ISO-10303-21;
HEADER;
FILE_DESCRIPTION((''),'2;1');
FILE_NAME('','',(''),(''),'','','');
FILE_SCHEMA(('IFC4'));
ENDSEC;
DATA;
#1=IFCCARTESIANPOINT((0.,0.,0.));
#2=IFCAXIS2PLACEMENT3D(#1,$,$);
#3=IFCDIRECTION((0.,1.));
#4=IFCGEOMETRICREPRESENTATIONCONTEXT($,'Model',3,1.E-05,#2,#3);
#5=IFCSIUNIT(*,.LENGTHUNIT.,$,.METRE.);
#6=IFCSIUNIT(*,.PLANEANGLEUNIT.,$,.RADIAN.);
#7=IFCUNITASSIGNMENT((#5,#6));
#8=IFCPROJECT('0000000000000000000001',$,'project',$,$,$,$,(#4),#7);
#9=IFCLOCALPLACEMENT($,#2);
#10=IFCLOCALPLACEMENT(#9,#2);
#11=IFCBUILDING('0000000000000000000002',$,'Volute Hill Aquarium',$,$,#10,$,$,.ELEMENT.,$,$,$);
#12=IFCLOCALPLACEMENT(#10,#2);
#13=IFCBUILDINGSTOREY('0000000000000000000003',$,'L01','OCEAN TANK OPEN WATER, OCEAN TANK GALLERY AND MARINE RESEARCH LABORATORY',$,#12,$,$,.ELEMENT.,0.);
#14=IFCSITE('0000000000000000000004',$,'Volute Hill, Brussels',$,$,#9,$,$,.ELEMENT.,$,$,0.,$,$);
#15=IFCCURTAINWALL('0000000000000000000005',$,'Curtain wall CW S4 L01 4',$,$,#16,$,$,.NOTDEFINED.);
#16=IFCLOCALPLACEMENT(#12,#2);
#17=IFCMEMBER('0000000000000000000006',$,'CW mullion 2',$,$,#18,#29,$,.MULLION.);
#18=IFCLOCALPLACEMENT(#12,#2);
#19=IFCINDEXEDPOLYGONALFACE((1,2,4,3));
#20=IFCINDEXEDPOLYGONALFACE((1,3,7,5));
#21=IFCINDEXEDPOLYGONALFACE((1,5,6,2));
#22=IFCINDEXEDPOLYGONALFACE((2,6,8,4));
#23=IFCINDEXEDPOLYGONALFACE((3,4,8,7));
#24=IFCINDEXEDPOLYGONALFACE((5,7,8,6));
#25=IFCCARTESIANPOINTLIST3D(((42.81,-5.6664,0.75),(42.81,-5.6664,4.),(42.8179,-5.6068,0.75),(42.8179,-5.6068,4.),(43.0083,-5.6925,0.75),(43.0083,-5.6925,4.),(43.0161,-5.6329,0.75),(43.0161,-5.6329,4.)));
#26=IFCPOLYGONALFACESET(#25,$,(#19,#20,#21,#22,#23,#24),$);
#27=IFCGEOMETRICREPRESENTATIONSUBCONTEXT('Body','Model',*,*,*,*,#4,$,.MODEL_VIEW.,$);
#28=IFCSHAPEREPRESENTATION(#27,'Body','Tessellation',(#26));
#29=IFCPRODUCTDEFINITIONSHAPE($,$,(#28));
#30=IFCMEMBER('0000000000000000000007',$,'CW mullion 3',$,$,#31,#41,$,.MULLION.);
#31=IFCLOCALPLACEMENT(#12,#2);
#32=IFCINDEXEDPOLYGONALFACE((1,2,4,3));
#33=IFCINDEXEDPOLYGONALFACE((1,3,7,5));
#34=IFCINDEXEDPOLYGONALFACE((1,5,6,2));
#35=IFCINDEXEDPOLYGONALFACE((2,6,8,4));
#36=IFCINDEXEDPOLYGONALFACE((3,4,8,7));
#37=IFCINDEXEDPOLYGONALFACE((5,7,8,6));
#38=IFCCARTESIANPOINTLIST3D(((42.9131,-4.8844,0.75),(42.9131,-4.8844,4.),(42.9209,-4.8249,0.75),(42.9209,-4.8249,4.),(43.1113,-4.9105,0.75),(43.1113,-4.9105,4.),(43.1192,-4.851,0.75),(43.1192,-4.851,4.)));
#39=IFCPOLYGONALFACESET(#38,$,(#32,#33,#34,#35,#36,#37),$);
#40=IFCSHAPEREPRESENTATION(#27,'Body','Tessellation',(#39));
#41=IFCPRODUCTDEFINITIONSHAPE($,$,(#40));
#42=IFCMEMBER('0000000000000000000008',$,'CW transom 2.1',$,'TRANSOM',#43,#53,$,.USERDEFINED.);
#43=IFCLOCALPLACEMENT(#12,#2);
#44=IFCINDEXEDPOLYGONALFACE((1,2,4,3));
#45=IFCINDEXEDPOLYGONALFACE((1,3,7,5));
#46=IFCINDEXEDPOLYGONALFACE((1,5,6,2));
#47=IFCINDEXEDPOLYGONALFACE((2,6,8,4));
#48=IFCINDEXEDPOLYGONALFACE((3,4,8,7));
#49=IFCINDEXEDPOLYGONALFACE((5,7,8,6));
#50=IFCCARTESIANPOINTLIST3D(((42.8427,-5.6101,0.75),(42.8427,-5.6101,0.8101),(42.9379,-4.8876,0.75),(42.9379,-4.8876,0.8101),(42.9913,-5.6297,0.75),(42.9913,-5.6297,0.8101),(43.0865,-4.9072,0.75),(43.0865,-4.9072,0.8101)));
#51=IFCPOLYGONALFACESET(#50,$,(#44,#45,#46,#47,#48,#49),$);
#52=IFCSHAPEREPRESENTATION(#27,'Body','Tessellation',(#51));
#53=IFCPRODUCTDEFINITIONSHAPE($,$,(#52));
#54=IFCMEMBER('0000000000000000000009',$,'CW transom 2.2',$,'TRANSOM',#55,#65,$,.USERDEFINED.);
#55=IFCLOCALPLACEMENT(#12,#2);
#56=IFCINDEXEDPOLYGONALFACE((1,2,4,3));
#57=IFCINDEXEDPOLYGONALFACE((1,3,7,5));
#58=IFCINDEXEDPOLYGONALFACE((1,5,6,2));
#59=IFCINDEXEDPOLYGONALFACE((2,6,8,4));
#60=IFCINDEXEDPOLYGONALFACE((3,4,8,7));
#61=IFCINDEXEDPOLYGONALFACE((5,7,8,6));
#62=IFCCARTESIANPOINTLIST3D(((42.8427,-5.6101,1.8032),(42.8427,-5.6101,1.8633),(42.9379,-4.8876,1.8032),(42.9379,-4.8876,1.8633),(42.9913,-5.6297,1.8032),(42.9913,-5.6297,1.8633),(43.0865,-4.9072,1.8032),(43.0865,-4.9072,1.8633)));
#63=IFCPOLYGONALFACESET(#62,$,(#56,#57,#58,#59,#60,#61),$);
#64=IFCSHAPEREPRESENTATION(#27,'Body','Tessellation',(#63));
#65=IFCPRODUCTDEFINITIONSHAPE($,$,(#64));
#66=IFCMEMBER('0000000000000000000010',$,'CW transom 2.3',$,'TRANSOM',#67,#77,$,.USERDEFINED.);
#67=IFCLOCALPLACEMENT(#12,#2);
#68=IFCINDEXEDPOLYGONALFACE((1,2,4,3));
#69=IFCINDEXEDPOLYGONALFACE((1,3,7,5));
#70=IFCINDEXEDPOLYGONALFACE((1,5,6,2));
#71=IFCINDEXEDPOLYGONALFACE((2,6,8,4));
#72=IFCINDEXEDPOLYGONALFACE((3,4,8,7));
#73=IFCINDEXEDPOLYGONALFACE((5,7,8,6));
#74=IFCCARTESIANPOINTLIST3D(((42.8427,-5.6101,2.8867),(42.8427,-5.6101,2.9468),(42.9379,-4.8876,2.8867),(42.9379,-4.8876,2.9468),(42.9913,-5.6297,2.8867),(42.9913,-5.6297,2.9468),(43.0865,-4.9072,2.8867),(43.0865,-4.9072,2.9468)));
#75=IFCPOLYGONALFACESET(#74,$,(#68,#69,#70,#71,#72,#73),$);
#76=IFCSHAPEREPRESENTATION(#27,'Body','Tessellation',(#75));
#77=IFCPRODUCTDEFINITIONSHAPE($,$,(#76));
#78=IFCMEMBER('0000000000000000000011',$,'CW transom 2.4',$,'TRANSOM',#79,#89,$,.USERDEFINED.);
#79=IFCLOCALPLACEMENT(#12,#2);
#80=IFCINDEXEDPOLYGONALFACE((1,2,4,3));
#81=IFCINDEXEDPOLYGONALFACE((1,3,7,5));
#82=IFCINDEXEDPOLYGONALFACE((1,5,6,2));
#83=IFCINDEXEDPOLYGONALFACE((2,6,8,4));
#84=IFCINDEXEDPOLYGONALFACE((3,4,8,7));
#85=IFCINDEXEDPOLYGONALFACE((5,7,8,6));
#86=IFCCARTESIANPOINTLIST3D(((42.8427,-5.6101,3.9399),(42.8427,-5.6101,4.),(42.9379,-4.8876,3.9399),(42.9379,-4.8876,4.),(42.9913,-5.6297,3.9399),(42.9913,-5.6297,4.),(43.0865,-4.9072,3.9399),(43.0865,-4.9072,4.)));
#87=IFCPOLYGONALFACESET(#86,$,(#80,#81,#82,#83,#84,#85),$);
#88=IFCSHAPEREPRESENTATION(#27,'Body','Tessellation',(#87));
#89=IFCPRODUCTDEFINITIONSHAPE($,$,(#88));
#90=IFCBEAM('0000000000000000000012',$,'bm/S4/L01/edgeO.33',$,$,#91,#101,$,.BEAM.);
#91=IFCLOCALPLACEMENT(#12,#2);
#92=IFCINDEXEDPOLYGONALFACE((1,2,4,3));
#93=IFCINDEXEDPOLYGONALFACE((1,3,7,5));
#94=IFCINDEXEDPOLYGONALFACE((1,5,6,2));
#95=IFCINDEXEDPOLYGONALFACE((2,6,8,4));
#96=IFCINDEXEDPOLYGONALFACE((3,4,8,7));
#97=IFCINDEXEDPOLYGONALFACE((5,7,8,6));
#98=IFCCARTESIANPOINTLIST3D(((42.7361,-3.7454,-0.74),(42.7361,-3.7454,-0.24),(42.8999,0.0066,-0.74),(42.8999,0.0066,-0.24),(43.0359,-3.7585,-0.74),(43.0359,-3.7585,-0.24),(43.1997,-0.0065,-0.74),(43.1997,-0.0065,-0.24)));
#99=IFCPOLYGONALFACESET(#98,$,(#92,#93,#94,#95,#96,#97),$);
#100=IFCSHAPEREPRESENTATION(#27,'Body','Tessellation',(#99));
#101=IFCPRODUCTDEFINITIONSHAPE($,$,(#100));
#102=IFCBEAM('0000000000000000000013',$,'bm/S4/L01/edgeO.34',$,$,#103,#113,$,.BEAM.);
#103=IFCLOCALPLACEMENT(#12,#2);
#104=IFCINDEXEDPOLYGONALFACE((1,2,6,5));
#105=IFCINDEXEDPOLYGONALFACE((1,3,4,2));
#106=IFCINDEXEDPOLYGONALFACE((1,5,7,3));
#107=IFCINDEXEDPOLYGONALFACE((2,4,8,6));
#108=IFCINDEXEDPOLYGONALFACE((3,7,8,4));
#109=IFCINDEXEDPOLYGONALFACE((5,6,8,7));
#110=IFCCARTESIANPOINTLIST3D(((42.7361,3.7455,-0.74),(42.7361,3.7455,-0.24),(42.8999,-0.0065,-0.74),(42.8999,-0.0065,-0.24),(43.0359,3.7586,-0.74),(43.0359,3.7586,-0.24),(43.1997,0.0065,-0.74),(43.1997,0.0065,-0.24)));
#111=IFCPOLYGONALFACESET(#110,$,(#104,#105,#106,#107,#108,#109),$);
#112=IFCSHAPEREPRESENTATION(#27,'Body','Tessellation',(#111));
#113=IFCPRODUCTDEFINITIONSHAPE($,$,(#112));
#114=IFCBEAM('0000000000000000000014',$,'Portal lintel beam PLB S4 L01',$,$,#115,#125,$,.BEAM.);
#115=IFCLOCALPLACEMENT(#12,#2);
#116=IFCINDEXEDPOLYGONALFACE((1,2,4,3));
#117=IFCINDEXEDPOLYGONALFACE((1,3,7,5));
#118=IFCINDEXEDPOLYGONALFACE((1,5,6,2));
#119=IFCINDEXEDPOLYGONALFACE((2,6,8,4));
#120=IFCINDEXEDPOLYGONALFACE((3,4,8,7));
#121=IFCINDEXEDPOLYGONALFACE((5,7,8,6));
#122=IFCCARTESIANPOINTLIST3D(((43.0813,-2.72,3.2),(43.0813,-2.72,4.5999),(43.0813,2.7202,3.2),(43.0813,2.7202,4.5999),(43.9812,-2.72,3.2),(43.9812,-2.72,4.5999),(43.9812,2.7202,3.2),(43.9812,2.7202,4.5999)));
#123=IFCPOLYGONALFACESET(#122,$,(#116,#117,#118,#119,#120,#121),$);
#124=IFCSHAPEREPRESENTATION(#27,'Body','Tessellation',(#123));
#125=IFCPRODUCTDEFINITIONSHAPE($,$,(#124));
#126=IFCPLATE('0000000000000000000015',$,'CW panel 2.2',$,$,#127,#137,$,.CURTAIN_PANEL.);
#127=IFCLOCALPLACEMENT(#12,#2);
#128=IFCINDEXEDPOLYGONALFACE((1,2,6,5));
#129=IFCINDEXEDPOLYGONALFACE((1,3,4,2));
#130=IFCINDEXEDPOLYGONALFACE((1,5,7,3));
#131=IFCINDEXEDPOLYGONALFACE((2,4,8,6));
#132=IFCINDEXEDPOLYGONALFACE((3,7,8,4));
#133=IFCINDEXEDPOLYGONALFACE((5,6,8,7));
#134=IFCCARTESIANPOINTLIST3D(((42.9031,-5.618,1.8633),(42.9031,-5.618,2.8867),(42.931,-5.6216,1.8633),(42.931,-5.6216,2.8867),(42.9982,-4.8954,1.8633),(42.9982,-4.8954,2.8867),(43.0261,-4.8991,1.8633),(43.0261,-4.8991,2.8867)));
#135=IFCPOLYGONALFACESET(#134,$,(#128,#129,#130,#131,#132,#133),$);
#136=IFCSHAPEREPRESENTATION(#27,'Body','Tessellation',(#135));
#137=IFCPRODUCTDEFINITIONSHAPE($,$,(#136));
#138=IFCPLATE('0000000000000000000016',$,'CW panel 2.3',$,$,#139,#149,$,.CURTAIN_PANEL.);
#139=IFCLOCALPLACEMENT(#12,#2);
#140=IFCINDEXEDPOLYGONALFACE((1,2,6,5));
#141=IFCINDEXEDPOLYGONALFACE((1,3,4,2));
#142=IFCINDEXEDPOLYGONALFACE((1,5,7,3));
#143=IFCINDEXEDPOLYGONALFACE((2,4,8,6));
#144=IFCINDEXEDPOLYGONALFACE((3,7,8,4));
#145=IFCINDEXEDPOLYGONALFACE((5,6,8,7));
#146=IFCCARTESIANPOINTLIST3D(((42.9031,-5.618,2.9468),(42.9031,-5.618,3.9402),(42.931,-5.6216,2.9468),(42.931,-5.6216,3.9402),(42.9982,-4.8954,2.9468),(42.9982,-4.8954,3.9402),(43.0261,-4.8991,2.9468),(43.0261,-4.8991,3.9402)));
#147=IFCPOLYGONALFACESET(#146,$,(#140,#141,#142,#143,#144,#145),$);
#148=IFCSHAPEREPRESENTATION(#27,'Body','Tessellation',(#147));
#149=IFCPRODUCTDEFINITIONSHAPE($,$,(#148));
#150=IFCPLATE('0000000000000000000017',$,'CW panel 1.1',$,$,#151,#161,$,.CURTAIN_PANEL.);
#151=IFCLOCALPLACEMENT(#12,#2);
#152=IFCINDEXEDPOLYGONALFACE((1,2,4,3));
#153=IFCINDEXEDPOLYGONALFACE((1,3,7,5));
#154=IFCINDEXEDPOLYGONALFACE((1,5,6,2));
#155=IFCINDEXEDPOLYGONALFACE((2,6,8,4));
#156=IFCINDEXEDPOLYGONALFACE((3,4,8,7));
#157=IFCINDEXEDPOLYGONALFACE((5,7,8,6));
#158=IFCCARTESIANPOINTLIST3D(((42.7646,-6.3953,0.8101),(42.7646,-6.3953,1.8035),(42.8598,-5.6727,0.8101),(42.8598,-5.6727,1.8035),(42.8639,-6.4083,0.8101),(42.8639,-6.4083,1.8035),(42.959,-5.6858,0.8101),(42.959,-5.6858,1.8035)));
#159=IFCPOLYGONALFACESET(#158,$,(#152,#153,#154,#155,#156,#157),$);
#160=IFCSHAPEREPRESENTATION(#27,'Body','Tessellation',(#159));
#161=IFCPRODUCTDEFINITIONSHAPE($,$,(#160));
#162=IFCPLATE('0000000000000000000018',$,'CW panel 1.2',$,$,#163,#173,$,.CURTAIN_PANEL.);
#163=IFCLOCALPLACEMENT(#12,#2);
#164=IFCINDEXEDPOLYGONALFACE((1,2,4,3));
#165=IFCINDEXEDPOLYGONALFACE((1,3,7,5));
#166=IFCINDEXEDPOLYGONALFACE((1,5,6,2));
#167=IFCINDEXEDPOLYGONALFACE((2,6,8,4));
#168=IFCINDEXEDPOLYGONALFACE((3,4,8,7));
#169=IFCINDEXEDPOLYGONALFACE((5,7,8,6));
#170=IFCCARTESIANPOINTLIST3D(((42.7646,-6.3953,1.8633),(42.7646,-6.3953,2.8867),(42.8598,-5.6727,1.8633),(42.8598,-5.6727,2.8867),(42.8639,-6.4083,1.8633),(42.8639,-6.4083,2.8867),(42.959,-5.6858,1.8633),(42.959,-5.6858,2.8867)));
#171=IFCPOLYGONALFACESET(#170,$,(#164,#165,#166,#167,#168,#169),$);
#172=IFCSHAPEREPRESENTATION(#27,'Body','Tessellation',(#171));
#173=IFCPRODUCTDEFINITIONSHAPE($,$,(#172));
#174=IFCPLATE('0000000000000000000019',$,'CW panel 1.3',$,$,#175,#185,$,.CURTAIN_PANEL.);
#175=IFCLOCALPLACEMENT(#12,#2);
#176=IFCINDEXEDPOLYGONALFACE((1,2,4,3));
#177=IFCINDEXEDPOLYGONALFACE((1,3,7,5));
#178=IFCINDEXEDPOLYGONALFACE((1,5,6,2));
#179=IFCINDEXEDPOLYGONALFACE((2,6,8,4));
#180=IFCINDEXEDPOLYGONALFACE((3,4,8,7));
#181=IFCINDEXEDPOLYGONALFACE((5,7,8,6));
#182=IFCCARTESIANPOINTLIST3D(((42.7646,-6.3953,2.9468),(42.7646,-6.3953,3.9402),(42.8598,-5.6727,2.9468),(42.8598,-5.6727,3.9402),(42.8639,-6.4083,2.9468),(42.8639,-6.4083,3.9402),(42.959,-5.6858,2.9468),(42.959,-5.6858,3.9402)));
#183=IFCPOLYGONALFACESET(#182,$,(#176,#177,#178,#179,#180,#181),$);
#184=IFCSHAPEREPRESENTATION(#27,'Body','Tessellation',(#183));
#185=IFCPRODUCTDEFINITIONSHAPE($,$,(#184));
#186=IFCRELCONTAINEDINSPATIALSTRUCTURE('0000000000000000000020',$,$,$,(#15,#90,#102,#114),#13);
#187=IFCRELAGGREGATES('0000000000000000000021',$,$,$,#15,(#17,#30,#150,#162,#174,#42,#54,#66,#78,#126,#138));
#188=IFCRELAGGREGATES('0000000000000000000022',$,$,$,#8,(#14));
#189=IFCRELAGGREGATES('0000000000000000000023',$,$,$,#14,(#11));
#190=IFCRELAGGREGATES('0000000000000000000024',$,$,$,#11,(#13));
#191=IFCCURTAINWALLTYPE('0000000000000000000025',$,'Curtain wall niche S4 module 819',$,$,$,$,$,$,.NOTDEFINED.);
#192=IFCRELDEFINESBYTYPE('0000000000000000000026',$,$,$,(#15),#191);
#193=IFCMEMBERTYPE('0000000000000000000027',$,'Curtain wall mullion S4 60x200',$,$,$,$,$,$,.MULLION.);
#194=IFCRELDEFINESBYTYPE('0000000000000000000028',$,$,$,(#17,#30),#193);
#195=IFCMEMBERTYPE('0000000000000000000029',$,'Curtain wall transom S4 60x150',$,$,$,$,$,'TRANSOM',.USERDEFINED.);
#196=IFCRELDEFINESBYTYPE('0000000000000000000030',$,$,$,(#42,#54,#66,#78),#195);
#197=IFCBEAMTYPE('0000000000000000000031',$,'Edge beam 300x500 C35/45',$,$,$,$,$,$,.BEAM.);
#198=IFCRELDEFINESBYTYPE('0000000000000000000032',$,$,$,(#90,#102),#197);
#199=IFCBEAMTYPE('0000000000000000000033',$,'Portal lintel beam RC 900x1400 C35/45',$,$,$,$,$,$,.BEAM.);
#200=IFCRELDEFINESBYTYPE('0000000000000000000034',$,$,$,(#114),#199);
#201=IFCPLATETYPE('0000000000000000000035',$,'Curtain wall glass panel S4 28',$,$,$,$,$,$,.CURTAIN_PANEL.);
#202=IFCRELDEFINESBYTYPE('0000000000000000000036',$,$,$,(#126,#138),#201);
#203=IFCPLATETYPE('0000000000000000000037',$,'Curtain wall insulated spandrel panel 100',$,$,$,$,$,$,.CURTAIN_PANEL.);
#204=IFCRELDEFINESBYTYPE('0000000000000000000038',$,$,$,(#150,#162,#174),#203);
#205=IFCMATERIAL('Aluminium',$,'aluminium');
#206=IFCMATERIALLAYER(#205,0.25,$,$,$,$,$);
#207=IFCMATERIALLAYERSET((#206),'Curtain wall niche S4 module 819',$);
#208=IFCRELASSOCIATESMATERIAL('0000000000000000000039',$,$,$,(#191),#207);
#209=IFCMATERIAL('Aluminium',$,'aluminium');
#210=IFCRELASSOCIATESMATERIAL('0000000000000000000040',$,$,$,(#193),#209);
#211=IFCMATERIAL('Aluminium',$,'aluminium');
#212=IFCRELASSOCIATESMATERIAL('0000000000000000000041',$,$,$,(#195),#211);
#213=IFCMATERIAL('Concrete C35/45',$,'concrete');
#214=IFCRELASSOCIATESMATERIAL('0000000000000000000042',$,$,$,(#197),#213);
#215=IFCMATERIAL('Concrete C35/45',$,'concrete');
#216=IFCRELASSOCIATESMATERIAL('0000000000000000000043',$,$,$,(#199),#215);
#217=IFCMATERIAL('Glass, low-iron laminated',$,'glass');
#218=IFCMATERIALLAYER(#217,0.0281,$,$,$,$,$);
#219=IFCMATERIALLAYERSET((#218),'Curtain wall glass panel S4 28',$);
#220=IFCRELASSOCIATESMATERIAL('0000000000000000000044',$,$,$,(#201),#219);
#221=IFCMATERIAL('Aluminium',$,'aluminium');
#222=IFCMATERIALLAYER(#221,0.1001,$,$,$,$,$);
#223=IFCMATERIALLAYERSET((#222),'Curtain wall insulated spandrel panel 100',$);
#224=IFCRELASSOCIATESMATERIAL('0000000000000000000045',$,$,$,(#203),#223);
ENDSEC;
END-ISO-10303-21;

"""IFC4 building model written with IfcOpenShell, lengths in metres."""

from ifc_helpers import new_model, si_unit, direction, frame, origin, origin_2d, place, context, subcontext, project, spatial, rectangle, extrude, material, layer, layer_set, material_profile, profile_set, type_object, element, aggregate, save


model = new_model("IFC4")

# Units and contexts
model_context = context("Model", 3, precision=1e-05, world=origin(), true_north=direction((0.0, 1.0)))
body_context = subcontext(model_context, "Body", "Model", "MODEL_VIEW")
ifc_project = project(units=[si_unit("LENGTHUNIT", "METRE"), si_unit("PLANEANGLEUNIT", "RADIAN")], contexts=[model_context])

# Site, building, storey
site_placement = place(None, origin())
site = spatial("IfcSite", under=ifc_project, at=site_placement, Name="Volute Hill, Brussels", CompositionType="ELEMENT", RefElevation=0.0)
building_placement = place(site_placement, origin())
building = spatial("IfcBuilding", under=site, at=building_placement, Name="Volute Hill Aquarium", CompositionType="ELEMENT")
storey_placement = place(building_placement, origin())
storey = spatial("IfcBuildingStorey", under=building, at=storey_placement, Name="L01", Description="OCEAN TANK OPEN WATER, OCEAN TANK GALLERY AND MARINE RESEARCH LABORATORY", CompositionType="ELEMENT", Elevation=0.0)

# Curtain wall, members
ifc_material_1 = material(Name="Aluminium", Category="aluminium")
ifc_layer_1 = layer(ifc_material_1, 0.25)
ifc_layer_set_1 = layer_set([ifc_layer_1], Name="Curtain wall niche S4 module 819")
curtain_wall_type = type_object("IfcCurtainWallType", Name="Curtain wall niche S4 module 819", PredefinedType="NOTDEFINED", material=ifc_layer_set_1)
curtain_wall_placement = place(storey_placement, origin())
curtain_wall = element("IfcCurtainWall", 1, at=curtain_wall_placement, inside=storey, type_object=curtain_wall_type, Name="Curtain wall CW S4 L01 4", PredefinedType="NOTDEFINED")
ifc_material_2 = material(Name="Aluminium", Category="aluminium")
ifc_material_profile_1 = material_profile(ifc_material_2, rectangle(XDim=0.2, YDim=0.0601, at=origin_2d()), Name="Curtain wall mullion S4 60x200")
ifc_profile_set_1 = profile_set([ifc_material_profile_1], Name="Aluminium")
member_type_1 = type_object("IfcMemberType", Name="Curtain wall mullion S4 60x200", PredefinedType="MULLION", material=ifc_profile_set_1)
member_1_placement = place(storey_placement, frame((42.9131, -5.6497, 0.75), z_axis=(0.0, 0.0, 1.0), x_axis=(-0.991446, 0.130516, 0.0)))
member_1 = element("IfcMember", 2, at=member_1_placement, type_object=member_type_1, Name="CW mullion 2", PredefinedType="MULLION", context=body_context, shape_type="SweptSolid", body=[
    extrude(rectangle(XDim=0.2, YDim=0.0601, at=origin_2d()), origin(), (0.0, 0.0, 1.0), 3.25),
])
member_2_placement = place(storey_placement, frame((43.0161, -4.8677, 0.75), z_axis=(0.0, 0.0, 1.0), x_axis=(-0.991446, 0.130516, 0.0)))
member_2 = element("IfcMember", 3, at=member_2_placement, type_object=member_type_1, Name="CW mullion 3", PredefinedType="MULLION", context=body_context, shape_type="SweptSolid", body=[
    extrude(rectangle(XDim=0.2, YDim=0.0601, at=origin_2d()), origin(), (0.0, 0.0, 1.0), 3.25),
])
ifc_material_3 = material(Name="Aluminium", Category="aluminium")
ifc_material_profile_2 = material_profile(ifc_material_3, rectangle(XDim=0.1499, YDim=0.0601, at=origin_2d()), Name="Curtain wall transom S4 60x150")
ifc_profile_set_2 = profile_set([ifc_material_profile_2], Name="Aluminium")
member_type_2 = type_object("IfcMemberType", Name="Curtain wall transom S4 60x150", ElementType="TRANSOM", PredefinedType="USERDEFINED", material=ifc_profile_set_2)
member_3_placement = place(storey_placement, frame((42.917, -5.6199, 0.78), z_axis=(0.130671, 0.991426, 0.0), x_axis=(-0.991426, 0.130671, 0.0)))
member_3 = element("IfcMember", 4, at=member_3_placement, type_object=member_type_2, Name="CW transom 2.1", ObjectType="TRANSOM", PredefinedType="USERDEFINED", context=body_context, shape_type="SweptSolid", body=[
    extrude(rectangle(XDim=0.1499, YDim=0.0601, at=origin_2d()), origin(), (0.0, 0.0, 1.0), 0.7288),
])
member_4_placement = place(storey_placement, frame((42.917, -5.6199, 1.8333), z_axis=(0.130671, 0.991426, 0.0), x_axis=(-0.991426, 0.130671, 0.0)))
member_4 = element("IfcMember", 5, at=member_4_placement, type_object=member_type_2, Name="CW transom 2.2", ObjectType="TRANSOM", PredefinedType="USERDEFINED", context=body_context, shape_type="SweptSolid", body=[
    extrude(rectangle(XDim=0.1499, YDim=0.0601, at=origin_2d()), origin(), (0.0, 0.0, 1.0), 0.7288),
])
member_5_placement = place(storey_placement, frame((42.917, -5.6199, 2.9167), z_axis=(0.130671, 0.991426, 0.0), x_axis=(-0.991426, 0.130671, 0.0)))
member_5 = element("IfcMember", 6, at=member_5_placement, type_object=member_type_2, Name="CW transom 2.3", ObjectType="TRANSOM", PredefinedType="USERDEFINED", context=body_context, shape_type="SweptSolid", body=[
    extrude(rectangle(XDim=0.1499, YDim=0.0601, at=origin_2d()), origin(), (0.0, 0.0, 1.0), 0.7288),
])
member_6_placement = place(storey_placement, frame((42.917, -5.6199, 3.97), z_axis=(0.130671, 0.991426, 0.0), x_axis=(-0.991426, 0.130671, 0.0)))
member_6 = element("IfcMember", 7, at=member_6_placement, type_object=member_type_2, Name="CW transom 2.4", ObjectType="TRANSOM", PredefinedType="USERDEFINED", context=body_context, shape_type="SweptSolid", body=[
    extrude(rectangle(XDim=0.1499, YDim=0.0601, at=origin_2d()), origin(), (0.0, 0.0, 1.0), 0.7288),
])

# Beams
ifc_material_4 = material(Name="Concrete C35/45", Category="concrete")
ifc_material_profile_3 = material_profile(ifc_material_4, rectangle(XDim=0.3, YDim=0.5, at=origin_2d()), Name="RC edge beam 300x500")
ifc_profile_set_3 = profile_set([ifc_material_profile_3], Name="Concrete C35/45")
beam_type_1 = type_object("IfcBeamType", Name="Edge beam 300x500 C35/45", PredefinedType="BEAM", material=ifc_profile_set_3)
for number, where, z_axis, x_axis, name in (
    (8, (42.886, -3.752, -0.49), (0.043621, 0.999048, 0.0), (-0.999048, 0.043621, 0.0), "bm/S4/L01/edgeO.33"),
    (9, (43.0498, 0.0, -0.49), (-0.043621, 0.999048, 0.0), (-0.999048, -0.043621, 0.0), "bm/S4/L01/edgeO.34"),
):
    element("IfcBeam", number, at=place(storey_placement, frame(where, z_axis=z_axis, x_axis=x_axis)), inside=storey, type_object=beam_type_1, Name=name, PredefinedType="BEAM", context=body_context, shape_type="SweptSolid", body=[
        extrude(rectangle(XDim=0.3, YDim=0.5, at=origin_2d()), origin(), (0.0, 0.0, 1.0), 3.7556),
    ])
ifc_material_5 = material(Name="Concrete C35/45", Category="concrete")
ifc_material_profile_4 = material_profile(ifc_material_5, rectangle(XDim=0.8999, YDim=1.3999, at=origin_2d()), Name="RC beam 900x1400")
ifc_profile_set_4 = profile_set([ifc_material_profile_4], Name="Concrete C35/45")
beam_type_2 = type_object("IfcBeamType", Name="Portal lintel beam RC 900x1400 C35/45", PredefinedType="BEAM", material=ifc_profile_set_4)
beam_placement = place(storey_placement, frame((43.5312, -2.72, 3.8999), z_axis=(0.0, 1.0, 0.0), x_axis=(-1.0, 0.0, 0.0)))
element("IfcBeam", 10, at=beam_placement, inside=storey, type_object=beam_type_2, Name="Portal lintel beam PLB S4 L01", PredefinedType="BEAM", context=body_context, shape_type="SweptSolid", body=[
    extrude(rectangle(XDim=0.8999, YDim=1.3999, at=origin_2d()), origin(), (0.0, 0.0, 1.0), 5.4402),
])

# Plates
ifc_material_6 = material(Name="Glass, low-iron laminated", Category="glass")
ifc_layer_2 = layer(ifc_material_6, 0.0281)
ifc_layer_set_2 = layer_set([ifc_layer_2], Name="Curtain wall glass panel S4 28")
plate_type_1 = type_object("IfcPlateType", Name="Curtain wall glass panel S4 28", PredefinedType="CURTAIN_PANEL", material=ifc_layer_set_2)
plate_1_placement = place(storey_placement, frame((42.9646, -5.2585, 1.8633), z_axis=(0.0, 0.0, 1.0), x_axis=(0.130516, 0.991446, 0.0)))
plate_1 = element("IfcPlate", 11, at=plate_1_placement, type_object=plate_type_1, Name="CW panel 2.2", PredefinedType="CURTAIN_PANEL", context=body_context, shape_type="SweptSolid", body=[
    extrude(rectangle(XDim=0.7288, YDim=0.0281, at=origin_2d()), origin(), (0.0, 0.0, 1.0), 1.0234),
])
plate_2_placement = place(storey_placement, frame((42.9646, -5.2585, 2.9468), z_axis=(0.0, 0.0, 1.0), x_axis=(0.130516, 0.991446, 0.0)))
plate_2 = element("IfcPlate", 12, at=plate_2_placement, type_object=plate_type_1, Name="CW panel 2.3", PredefinedType="CURTAIN_PANEL", context=body_context, shape_type="SweptSolid", body=[
    extrude(rectangle(XDim=0.7288, YDim=0.0281, at=origin_2d()), origin(), (0.0, 0.0, 1.0), 0.9934),
])
ifc_material_7 = material(Name="Aluminium", Category="aluminium")
ifc_layer_3 = layer(ifc_material_7, 0.1001)
ifc_layer_set_3 = layer_set([ifc_layer_3], Name="Curtain wall insulated spandrel panel 100")
plate_type_2 = type_object("IfcPlateType", Name="Curtain wall insulated spandrel panel 100", PredefinedType="CURTAIN_PANEL", material=ifc_layer_set_3)
plate_3_placement = place(storey_placement, frame((42.8618, -6.0405, 0.8101), z_axis=(0.0, 0.0, 1.0), x_axis=(0.130516, 0.991446, 0.0)))
plate_3 = element("IfcPlate", 13, at=plate_3_placement, type_object=plate_type_2, Name="CW panel 1.1", PredefinedType="CURTAIN_PANEL", context=body_context, shape_type="SweptSolid", body=[
    extrude(rectangle(XDim=0.7288, YDim=0.1001, at=origin_2d()), origin(), (0.0, 0.0, 1.0), 0.9934),
])
plate_4_placement = place(storey_placement, frame((42.8618, -6.0405, 1.8633), z_axis=(0.0, 0.0, 1.0), x_axis=(0.130516, 0.991446, 0.0)))
plate_4 = element("IfcPlate", 14, at=plate_4_placement, type_object=plate_type_2, Name="CW panel 1.2", PredefinedType="CURTAIN_PANEL", context=body_context, shape_type="SweptSolid", body=[
    extrude(rectangle(XDim=0.7288, YDim=0.1001, at=origin_2d()), origin(), (0.0, 0.0, 1.0), 1.0234),
])
plate_5_placement = place(storey_placement, frame((42.8618, -6.0405, 2.9468), z_axis=(0.0, 0.0, 1.0), x_axis=(0.130516, 0.991446, 0.0)))
plate_5 = element("IfcPlate", 15, at=plate_5_placement, type_object=plate_type_2, Name="CW panel 1.3", PredefinedType="CURTAIN_PANEL", context=body_context, shape_type="SweptSolid", body=[
    extrude(rectangle(XDim=0.7288, YDim=0.1001, at=origin_2d()), origin(), (0.0, 0.0, 1.0), 0.9934),
])
aggregate(curtain_wall, [member_1, member_2, plate_3, plate_4, plate_5, member_3, member_4, member_5, member_6, plate_1, plate_2])

save(model, "model.ifc")
